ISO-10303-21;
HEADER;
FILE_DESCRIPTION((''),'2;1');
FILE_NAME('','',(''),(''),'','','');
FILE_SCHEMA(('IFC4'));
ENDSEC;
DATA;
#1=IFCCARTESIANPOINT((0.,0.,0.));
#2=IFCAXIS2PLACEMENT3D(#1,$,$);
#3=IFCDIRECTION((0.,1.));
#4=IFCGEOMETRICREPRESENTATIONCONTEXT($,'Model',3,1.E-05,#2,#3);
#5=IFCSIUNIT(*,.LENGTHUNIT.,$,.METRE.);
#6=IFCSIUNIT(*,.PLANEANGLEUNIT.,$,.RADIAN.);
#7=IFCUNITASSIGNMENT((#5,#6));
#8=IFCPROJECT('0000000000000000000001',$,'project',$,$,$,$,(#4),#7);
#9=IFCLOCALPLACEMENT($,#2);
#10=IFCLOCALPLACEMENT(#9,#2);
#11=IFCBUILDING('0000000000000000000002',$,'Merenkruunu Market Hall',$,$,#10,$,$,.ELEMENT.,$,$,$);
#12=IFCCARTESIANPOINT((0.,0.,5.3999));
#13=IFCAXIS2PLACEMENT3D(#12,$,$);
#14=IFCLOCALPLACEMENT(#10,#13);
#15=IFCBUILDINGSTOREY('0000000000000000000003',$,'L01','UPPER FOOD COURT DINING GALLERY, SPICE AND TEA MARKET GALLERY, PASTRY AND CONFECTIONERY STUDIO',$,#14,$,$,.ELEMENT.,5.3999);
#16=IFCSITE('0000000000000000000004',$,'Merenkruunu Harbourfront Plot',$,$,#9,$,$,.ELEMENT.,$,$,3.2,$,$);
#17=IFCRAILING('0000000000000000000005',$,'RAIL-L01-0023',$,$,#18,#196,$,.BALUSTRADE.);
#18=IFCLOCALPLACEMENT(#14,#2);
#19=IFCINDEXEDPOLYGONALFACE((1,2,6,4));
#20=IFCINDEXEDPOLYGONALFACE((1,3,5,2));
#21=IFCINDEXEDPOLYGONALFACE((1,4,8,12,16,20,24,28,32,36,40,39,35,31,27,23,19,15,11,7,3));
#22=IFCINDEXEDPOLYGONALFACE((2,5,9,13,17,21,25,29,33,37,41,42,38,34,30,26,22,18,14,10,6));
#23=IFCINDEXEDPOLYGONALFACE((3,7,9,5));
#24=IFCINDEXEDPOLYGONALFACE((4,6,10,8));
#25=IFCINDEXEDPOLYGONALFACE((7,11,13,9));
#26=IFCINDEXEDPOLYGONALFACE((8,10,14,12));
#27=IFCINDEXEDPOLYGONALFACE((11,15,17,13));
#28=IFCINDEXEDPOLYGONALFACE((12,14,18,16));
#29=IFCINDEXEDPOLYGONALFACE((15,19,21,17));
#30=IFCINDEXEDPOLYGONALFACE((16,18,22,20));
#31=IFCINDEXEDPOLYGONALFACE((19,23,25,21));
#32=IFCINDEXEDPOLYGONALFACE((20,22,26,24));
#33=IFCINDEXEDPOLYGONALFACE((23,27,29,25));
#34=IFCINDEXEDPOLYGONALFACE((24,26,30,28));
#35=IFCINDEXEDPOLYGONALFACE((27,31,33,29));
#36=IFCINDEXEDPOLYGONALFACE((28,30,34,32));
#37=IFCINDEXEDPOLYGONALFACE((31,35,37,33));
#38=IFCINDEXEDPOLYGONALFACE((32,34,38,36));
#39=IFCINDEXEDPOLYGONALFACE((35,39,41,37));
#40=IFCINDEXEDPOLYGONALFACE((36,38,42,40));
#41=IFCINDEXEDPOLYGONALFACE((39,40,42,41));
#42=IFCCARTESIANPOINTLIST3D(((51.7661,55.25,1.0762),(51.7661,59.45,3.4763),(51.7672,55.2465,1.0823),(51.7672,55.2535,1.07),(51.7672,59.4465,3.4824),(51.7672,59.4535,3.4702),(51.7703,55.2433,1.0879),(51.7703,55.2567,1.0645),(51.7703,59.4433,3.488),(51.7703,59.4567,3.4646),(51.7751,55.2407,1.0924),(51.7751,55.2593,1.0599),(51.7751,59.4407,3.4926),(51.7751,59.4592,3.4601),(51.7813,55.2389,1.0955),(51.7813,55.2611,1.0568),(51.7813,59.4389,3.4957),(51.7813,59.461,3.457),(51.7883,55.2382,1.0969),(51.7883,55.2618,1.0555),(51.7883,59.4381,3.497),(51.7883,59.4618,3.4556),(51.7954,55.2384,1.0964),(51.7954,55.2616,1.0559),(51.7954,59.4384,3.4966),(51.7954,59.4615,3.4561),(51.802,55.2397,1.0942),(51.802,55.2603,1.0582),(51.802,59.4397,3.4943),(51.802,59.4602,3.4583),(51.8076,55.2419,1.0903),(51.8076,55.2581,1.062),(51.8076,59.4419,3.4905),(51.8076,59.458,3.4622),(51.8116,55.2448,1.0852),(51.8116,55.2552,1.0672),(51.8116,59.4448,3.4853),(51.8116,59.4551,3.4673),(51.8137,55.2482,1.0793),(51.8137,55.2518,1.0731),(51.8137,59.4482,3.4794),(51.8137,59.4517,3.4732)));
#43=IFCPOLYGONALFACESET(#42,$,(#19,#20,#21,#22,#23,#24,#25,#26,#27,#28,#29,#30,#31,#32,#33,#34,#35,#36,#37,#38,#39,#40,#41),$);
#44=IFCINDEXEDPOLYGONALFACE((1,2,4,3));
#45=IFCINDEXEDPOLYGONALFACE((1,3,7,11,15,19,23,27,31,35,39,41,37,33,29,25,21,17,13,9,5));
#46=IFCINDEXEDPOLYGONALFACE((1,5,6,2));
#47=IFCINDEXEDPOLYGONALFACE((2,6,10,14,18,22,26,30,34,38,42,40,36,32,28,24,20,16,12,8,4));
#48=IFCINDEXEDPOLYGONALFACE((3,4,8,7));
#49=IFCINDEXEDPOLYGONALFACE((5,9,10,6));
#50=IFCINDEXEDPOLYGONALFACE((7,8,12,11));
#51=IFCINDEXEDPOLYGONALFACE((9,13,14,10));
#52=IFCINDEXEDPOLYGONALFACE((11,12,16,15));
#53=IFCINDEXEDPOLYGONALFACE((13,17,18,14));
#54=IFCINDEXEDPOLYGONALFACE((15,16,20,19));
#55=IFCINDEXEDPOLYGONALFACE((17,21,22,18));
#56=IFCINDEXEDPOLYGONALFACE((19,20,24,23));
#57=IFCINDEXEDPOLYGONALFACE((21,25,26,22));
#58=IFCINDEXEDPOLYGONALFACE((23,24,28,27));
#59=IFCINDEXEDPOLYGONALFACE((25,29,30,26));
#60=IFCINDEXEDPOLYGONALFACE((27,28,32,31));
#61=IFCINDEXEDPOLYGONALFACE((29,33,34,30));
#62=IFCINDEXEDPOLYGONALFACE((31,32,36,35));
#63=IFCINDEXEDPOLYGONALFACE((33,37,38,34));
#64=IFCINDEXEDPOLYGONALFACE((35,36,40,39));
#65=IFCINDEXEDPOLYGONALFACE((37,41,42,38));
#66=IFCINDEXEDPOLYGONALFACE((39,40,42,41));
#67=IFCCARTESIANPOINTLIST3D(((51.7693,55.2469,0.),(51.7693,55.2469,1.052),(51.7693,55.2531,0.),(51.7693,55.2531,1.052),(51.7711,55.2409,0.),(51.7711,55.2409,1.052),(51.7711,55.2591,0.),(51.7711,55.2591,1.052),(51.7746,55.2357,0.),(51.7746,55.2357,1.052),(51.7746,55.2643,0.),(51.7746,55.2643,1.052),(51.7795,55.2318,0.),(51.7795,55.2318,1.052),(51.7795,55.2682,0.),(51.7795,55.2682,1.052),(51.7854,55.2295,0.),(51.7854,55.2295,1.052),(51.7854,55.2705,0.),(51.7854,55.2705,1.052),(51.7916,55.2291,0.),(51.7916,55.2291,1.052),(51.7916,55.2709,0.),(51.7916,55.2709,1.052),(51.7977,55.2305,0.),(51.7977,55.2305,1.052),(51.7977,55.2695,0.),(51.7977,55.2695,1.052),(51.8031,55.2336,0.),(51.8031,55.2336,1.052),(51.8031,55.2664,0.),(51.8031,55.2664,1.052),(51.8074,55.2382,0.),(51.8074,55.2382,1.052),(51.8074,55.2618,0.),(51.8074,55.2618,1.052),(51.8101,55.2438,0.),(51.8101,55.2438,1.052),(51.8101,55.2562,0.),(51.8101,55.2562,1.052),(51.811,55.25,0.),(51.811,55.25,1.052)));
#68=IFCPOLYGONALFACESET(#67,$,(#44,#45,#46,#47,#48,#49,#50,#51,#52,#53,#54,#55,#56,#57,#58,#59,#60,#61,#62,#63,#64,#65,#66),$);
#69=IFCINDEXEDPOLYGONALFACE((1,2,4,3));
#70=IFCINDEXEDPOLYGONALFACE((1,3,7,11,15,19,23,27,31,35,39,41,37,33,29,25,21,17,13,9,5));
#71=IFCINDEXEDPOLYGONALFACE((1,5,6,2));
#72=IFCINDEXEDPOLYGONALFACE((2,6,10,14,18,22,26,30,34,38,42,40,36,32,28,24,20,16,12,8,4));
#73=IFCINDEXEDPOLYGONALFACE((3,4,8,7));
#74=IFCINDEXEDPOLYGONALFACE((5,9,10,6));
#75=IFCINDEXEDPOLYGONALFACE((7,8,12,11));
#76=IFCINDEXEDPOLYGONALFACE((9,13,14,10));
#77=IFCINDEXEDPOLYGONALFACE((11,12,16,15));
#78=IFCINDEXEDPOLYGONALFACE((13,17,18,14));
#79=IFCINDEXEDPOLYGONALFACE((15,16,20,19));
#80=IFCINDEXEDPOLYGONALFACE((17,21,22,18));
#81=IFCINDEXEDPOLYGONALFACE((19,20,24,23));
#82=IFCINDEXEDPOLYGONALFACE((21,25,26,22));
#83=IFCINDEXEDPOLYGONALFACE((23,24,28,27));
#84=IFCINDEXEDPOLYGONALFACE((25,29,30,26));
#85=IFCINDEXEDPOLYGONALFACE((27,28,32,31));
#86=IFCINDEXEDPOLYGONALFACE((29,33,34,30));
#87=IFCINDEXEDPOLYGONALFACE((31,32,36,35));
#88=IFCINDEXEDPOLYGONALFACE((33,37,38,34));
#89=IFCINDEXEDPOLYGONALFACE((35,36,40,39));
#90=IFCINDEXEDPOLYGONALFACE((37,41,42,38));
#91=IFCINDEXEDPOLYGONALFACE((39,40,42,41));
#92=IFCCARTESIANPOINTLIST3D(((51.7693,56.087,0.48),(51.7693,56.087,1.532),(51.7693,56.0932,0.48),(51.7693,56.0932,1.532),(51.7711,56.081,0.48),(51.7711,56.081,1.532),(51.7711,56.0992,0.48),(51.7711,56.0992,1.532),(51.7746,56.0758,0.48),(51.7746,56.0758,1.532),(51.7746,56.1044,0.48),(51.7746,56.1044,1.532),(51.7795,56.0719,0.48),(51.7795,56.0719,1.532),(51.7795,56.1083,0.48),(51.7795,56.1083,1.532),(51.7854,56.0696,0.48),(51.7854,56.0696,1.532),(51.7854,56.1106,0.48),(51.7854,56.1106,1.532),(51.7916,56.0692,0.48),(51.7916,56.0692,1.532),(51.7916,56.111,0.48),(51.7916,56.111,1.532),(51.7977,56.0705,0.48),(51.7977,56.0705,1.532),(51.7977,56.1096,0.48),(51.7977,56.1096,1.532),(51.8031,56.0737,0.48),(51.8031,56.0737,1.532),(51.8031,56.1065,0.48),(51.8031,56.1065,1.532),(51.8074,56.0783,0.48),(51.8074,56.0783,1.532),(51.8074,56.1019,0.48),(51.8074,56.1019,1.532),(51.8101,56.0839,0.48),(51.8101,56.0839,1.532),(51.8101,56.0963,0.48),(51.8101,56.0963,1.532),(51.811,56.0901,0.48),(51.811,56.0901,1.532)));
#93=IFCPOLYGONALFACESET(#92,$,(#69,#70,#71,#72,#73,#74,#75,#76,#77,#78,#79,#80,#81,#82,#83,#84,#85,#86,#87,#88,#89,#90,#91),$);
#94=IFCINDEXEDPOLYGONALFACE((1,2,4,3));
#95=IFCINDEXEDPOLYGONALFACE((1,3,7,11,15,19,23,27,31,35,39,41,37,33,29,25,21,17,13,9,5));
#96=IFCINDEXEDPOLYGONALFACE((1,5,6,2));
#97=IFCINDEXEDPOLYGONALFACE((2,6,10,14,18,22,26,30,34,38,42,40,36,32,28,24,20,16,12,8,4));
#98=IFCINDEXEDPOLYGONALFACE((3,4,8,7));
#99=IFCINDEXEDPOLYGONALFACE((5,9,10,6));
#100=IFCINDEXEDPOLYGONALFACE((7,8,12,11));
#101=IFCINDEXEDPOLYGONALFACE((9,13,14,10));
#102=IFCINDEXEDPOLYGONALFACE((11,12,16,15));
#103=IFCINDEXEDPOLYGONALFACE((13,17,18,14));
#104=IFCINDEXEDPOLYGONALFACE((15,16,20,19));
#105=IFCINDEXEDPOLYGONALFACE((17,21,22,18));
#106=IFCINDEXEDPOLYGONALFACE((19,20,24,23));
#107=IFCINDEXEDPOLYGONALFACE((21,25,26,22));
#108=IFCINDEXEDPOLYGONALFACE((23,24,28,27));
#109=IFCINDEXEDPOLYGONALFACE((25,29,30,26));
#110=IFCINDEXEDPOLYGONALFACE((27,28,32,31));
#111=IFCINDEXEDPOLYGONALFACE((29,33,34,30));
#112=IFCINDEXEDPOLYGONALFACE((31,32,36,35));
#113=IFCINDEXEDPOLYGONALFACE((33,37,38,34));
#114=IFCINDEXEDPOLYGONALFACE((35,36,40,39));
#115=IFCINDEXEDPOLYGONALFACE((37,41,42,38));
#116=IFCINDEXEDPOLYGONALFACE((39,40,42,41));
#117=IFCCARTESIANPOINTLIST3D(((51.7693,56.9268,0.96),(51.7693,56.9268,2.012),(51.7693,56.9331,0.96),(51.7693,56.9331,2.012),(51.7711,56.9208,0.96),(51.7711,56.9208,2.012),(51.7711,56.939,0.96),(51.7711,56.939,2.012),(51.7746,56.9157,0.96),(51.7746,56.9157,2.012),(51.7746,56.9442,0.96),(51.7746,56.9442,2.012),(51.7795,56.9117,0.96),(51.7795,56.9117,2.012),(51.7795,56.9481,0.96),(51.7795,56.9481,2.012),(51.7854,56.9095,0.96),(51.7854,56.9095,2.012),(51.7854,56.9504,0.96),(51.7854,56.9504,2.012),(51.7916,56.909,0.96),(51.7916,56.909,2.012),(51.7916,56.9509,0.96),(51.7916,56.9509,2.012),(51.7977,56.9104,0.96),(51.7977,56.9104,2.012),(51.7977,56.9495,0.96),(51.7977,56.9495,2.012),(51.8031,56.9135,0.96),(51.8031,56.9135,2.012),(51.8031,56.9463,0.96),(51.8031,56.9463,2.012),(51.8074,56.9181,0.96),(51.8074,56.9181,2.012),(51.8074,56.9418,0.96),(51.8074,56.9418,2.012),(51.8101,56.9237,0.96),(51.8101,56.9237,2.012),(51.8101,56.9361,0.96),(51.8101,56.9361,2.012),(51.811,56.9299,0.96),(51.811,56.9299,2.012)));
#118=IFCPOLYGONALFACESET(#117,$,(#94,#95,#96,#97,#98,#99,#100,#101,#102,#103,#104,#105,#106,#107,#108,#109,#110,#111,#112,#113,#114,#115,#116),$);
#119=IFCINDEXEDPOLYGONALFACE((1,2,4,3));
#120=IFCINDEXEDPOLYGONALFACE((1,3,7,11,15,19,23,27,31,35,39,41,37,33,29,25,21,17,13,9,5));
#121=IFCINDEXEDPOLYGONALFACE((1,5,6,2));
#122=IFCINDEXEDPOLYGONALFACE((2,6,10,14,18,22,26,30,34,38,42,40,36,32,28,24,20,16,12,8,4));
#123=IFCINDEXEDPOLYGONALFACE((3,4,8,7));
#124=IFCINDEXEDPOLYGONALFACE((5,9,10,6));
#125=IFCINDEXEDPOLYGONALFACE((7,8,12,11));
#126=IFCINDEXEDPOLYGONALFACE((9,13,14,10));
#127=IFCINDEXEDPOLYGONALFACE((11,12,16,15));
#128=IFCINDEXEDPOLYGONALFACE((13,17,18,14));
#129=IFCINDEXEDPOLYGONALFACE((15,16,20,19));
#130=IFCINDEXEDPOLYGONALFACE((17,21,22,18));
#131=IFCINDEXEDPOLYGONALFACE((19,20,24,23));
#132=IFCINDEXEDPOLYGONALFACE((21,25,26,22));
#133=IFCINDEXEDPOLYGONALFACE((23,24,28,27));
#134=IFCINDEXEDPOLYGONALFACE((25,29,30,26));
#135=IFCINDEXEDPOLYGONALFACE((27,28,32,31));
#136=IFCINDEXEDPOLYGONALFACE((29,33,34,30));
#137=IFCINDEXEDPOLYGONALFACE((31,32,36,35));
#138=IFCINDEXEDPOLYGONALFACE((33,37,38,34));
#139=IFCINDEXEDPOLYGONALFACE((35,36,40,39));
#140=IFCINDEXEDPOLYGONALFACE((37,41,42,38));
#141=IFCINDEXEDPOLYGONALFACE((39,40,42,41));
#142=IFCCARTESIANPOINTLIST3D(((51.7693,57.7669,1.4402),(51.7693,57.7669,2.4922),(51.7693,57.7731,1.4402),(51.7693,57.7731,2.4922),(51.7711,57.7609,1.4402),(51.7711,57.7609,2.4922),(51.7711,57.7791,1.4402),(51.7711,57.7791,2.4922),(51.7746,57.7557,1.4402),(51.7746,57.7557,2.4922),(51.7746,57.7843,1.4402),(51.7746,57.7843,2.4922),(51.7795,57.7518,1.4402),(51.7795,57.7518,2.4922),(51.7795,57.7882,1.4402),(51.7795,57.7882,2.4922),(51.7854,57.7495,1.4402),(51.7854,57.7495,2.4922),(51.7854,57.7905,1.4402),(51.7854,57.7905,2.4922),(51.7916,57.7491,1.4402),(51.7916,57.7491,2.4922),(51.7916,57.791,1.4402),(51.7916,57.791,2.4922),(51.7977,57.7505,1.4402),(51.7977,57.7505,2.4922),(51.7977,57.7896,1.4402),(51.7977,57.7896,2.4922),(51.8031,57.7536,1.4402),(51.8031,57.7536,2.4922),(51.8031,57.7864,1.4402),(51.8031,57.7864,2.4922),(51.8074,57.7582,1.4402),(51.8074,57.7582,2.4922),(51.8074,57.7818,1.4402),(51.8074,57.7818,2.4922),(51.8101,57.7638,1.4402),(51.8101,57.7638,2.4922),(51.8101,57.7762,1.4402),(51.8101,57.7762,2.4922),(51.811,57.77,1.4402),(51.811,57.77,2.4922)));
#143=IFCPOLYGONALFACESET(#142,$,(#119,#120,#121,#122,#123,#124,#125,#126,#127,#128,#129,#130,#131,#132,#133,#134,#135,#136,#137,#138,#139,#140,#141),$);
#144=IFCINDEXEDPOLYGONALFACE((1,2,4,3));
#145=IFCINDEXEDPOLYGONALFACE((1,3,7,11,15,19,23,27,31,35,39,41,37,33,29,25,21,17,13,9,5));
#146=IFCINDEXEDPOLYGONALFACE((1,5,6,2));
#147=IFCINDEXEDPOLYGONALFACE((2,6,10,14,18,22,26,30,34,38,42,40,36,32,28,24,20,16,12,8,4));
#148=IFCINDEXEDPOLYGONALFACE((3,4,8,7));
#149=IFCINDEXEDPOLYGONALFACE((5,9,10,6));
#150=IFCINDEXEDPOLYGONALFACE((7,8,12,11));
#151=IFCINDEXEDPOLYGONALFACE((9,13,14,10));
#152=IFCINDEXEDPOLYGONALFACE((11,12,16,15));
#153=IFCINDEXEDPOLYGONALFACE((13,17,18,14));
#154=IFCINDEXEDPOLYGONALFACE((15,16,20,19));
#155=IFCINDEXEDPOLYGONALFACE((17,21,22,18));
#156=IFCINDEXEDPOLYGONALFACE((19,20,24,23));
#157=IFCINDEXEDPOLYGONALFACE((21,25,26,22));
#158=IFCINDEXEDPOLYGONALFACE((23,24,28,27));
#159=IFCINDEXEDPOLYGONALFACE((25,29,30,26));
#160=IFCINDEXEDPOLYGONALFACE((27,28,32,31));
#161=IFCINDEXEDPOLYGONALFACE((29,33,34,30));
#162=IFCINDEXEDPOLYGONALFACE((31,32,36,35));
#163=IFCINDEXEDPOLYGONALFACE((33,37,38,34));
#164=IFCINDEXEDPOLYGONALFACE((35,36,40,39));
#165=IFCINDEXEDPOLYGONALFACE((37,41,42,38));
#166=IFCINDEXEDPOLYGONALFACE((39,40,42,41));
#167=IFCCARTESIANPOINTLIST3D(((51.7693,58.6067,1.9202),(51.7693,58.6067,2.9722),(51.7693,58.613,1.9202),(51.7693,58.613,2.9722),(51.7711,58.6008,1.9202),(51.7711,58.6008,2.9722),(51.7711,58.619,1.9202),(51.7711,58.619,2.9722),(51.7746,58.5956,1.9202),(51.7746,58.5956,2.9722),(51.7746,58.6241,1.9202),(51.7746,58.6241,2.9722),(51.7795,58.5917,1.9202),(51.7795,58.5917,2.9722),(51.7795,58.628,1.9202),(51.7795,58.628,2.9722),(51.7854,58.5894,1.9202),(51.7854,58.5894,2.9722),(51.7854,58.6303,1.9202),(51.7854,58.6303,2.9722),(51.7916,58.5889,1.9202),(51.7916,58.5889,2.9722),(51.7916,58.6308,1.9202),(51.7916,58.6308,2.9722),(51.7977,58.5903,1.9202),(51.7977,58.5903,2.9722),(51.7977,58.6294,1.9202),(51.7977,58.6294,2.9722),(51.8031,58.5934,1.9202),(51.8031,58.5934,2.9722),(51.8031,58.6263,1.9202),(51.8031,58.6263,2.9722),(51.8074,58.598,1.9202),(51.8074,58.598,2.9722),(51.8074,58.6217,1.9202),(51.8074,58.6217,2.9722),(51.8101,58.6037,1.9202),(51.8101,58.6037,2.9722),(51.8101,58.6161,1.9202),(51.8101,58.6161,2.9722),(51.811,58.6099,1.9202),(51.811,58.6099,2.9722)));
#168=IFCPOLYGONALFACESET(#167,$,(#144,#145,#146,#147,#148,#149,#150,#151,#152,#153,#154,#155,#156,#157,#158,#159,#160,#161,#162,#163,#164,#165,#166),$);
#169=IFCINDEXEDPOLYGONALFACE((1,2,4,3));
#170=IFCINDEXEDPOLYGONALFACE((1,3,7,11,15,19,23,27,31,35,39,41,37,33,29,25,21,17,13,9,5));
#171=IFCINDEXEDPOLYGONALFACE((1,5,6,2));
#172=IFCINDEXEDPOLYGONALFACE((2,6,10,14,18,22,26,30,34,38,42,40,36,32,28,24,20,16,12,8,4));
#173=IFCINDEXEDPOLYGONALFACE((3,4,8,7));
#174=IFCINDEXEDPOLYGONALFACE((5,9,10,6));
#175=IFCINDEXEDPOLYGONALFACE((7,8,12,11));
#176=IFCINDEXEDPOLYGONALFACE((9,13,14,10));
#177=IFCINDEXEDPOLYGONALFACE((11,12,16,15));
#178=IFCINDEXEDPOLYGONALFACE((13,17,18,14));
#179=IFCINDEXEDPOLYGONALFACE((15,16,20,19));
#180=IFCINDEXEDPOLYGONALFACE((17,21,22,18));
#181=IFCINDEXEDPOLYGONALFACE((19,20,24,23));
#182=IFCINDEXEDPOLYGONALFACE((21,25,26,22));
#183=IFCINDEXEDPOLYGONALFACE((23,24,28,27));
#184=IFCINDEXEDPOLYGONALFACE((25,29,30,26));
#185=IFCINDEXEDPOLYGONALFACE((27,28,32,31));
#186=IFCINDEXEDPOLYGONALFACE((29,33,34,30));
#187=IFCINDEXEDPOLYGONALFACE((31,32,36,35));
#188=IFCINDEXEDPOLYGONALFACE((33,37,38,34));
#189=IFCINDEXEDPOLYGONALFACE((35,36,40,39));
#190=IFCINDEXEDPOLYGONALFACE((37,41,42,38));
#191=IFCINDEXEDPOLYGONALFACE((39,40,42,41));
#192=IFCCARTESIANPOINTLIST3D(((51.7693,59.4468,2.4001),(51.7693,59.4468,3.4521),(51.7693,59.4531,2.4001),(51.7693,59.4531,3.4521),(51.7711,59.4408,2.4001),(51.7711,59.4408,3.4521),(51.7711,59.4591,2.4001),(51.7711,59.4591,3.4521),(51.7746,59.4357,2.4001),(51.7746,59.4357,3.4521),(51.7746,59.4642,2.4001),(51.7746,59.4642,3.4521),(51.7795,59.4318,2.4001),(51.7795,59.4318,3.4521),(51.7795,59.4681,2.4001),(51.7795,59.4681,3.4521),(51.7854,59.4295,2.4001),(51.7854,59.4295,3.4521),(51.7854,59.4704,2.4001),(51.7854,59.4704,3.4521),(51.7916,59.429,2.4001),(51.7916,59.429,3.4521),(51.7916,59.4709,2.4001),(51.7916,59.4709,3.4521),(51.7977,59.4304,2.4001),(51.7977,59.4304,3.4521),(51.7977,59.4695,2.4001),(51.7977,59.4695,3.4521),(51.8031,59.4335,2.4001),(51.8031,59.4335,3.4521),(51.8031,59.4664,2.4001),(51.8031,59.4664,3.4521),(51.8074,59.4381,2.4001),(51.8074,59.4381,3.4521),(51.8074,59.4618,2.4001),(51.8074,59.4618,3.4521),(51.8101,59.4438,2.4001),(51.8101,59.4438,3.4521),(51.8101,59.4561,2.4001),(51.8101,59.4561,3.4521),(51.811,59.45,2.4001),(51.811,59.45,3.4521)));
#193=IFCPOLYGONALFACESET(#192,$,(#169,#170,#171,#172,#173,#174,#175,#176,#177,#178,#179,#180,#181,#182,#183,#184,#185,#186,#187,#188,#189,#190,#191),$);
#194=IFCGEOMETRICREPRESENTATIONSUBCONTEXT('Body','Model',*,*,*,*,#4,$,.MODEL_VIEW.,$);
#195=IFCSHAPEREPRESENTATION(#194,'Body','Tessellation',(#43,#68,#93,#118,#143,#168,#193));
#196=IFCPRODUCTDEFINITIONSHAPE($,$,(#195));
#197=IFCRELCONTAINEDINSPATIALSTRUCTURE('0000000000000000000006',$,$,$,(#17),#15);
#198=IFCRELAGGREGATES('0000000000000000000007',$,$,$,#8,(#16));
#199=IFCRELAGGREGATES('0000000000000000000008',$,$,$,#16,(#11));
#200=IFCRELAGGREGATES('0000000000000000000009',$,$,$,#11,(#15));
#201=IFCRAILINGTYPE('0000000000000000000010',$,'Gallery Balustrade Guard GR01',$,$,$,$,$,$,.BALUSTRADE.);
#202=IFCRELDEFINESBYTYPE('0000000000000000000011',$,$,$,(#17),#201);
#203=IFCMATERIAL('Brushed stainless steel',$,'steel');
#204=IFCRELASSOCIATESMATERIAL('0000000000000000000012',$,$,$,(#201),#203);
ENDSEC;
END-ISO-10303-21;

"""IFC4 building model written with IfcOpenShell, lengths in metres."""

from ifc_helpers import new_model, si_unit, direction, frame, origin, origin_2d, place, context, subcontext, project, spatial, circle, extrude, material, type_object, element, save


model = new_model("IFC4")

# Units and contexts
model_context = context("Model", 3, precision=1e-05, world=origin(), true_north=direction((0.0, 1.0)))
body_context = subcontext(model_context, "Body", "Model", "MODEL_VIEW")
ifc_project = project(units=[si_unit("LENGTHUNIT", "METRE"), si_unit("PLANEANGLEUNIT", "RADIAN")], contexts=[model_context])

# Site, building, storey
site_placement = place(None, origin())
site = spatial("IfcSite", under=ifc_project, at=site_placement, Name="Merenkruunu Harbourfront Plot", CompositionType="ELEMENT", RefElevation=3.2)
building_placement = place(site_placement, origin())
building = spatial("IfcBuilding", under=site, at=building_placement, Name="Merenkruunu Market Hall", CompositionType="ELEMENT")
storey_placement = place(building_placement, frame((0.0, 0.0, 5.3999)))
storey = spatial("IfcBuildingStorey", under=building, at=storey_placement, Name="L01", Description="UPPER FOOD COURT DINING GALLERY, SPICE AND TEA MARKET GALLERY, PASTRY AND CONFECTIONERY STUDIO", CompositionType="ELEMENT", Elevation=5.3999)

# Railing
ifc_material_1 = material(Name="Brushed stainless steel", Category="steel")
railing_type_1 = type_object("IfcRailingType", Name="Gallery Balustrade Guard GR01", PredefinedType="BALUSTRADE", material=ifc_material_1)
railing_1_placement = place(storey_placement, frame((51.79, 55.25, 0.0)))
element("IfcRailing", 1, at=railing_1_placement, inside=storey, type_object=railing_type_1, Name="RAIL-L01-0023", PredefinedType="BALUSTRADE", context=body_context, shape_type="SweptSolid", body=[
    extrude(circle(Radius=0.0239, at=origin_2d()), frame((0.0, 0.0, 1.0762), z_axis=(0.0, 0.868228, 0.496166), x_axis=(-1.0, 0.0, 0.0)), (0.0, 0.0, 1.0), 4.8374),
    extrude(circle(Radius=0.021, at=origin_2d()), origin(), (0.0, 0.0, 1.0), 1.052),
    extrude(circle(Radius=0.021, at=origin_2d()), frame((0.0, 0.8401, 0.48)), (0.0, 0.0, 1.0), 1.052),
    extrude(circle(Radius=0.021, at=origin_2d()), frame((0.0, 1.6799, 0.96)), (0.0, 0.0, 1.0), 1.052),
    extrude(circle(Radius=0.021, at=origin_2d()), frame((0.0, 2.52, 1.4402)), (0.0, 0.0, 1.0), 1.052),
    extrude(circle(Radius=0.021, at=origin_2d()), frame((0.0, 3.3599, 1.9202)), (0.0, 0.0, 1.0), 1.052),
    extrude(circle(Radius=0.021, at=origin_2d()), frame((0.0, 4.2, 2.4001)), (0.0, 0.0, 1.0), 1.052),
])

save(model, "model.ifc")
